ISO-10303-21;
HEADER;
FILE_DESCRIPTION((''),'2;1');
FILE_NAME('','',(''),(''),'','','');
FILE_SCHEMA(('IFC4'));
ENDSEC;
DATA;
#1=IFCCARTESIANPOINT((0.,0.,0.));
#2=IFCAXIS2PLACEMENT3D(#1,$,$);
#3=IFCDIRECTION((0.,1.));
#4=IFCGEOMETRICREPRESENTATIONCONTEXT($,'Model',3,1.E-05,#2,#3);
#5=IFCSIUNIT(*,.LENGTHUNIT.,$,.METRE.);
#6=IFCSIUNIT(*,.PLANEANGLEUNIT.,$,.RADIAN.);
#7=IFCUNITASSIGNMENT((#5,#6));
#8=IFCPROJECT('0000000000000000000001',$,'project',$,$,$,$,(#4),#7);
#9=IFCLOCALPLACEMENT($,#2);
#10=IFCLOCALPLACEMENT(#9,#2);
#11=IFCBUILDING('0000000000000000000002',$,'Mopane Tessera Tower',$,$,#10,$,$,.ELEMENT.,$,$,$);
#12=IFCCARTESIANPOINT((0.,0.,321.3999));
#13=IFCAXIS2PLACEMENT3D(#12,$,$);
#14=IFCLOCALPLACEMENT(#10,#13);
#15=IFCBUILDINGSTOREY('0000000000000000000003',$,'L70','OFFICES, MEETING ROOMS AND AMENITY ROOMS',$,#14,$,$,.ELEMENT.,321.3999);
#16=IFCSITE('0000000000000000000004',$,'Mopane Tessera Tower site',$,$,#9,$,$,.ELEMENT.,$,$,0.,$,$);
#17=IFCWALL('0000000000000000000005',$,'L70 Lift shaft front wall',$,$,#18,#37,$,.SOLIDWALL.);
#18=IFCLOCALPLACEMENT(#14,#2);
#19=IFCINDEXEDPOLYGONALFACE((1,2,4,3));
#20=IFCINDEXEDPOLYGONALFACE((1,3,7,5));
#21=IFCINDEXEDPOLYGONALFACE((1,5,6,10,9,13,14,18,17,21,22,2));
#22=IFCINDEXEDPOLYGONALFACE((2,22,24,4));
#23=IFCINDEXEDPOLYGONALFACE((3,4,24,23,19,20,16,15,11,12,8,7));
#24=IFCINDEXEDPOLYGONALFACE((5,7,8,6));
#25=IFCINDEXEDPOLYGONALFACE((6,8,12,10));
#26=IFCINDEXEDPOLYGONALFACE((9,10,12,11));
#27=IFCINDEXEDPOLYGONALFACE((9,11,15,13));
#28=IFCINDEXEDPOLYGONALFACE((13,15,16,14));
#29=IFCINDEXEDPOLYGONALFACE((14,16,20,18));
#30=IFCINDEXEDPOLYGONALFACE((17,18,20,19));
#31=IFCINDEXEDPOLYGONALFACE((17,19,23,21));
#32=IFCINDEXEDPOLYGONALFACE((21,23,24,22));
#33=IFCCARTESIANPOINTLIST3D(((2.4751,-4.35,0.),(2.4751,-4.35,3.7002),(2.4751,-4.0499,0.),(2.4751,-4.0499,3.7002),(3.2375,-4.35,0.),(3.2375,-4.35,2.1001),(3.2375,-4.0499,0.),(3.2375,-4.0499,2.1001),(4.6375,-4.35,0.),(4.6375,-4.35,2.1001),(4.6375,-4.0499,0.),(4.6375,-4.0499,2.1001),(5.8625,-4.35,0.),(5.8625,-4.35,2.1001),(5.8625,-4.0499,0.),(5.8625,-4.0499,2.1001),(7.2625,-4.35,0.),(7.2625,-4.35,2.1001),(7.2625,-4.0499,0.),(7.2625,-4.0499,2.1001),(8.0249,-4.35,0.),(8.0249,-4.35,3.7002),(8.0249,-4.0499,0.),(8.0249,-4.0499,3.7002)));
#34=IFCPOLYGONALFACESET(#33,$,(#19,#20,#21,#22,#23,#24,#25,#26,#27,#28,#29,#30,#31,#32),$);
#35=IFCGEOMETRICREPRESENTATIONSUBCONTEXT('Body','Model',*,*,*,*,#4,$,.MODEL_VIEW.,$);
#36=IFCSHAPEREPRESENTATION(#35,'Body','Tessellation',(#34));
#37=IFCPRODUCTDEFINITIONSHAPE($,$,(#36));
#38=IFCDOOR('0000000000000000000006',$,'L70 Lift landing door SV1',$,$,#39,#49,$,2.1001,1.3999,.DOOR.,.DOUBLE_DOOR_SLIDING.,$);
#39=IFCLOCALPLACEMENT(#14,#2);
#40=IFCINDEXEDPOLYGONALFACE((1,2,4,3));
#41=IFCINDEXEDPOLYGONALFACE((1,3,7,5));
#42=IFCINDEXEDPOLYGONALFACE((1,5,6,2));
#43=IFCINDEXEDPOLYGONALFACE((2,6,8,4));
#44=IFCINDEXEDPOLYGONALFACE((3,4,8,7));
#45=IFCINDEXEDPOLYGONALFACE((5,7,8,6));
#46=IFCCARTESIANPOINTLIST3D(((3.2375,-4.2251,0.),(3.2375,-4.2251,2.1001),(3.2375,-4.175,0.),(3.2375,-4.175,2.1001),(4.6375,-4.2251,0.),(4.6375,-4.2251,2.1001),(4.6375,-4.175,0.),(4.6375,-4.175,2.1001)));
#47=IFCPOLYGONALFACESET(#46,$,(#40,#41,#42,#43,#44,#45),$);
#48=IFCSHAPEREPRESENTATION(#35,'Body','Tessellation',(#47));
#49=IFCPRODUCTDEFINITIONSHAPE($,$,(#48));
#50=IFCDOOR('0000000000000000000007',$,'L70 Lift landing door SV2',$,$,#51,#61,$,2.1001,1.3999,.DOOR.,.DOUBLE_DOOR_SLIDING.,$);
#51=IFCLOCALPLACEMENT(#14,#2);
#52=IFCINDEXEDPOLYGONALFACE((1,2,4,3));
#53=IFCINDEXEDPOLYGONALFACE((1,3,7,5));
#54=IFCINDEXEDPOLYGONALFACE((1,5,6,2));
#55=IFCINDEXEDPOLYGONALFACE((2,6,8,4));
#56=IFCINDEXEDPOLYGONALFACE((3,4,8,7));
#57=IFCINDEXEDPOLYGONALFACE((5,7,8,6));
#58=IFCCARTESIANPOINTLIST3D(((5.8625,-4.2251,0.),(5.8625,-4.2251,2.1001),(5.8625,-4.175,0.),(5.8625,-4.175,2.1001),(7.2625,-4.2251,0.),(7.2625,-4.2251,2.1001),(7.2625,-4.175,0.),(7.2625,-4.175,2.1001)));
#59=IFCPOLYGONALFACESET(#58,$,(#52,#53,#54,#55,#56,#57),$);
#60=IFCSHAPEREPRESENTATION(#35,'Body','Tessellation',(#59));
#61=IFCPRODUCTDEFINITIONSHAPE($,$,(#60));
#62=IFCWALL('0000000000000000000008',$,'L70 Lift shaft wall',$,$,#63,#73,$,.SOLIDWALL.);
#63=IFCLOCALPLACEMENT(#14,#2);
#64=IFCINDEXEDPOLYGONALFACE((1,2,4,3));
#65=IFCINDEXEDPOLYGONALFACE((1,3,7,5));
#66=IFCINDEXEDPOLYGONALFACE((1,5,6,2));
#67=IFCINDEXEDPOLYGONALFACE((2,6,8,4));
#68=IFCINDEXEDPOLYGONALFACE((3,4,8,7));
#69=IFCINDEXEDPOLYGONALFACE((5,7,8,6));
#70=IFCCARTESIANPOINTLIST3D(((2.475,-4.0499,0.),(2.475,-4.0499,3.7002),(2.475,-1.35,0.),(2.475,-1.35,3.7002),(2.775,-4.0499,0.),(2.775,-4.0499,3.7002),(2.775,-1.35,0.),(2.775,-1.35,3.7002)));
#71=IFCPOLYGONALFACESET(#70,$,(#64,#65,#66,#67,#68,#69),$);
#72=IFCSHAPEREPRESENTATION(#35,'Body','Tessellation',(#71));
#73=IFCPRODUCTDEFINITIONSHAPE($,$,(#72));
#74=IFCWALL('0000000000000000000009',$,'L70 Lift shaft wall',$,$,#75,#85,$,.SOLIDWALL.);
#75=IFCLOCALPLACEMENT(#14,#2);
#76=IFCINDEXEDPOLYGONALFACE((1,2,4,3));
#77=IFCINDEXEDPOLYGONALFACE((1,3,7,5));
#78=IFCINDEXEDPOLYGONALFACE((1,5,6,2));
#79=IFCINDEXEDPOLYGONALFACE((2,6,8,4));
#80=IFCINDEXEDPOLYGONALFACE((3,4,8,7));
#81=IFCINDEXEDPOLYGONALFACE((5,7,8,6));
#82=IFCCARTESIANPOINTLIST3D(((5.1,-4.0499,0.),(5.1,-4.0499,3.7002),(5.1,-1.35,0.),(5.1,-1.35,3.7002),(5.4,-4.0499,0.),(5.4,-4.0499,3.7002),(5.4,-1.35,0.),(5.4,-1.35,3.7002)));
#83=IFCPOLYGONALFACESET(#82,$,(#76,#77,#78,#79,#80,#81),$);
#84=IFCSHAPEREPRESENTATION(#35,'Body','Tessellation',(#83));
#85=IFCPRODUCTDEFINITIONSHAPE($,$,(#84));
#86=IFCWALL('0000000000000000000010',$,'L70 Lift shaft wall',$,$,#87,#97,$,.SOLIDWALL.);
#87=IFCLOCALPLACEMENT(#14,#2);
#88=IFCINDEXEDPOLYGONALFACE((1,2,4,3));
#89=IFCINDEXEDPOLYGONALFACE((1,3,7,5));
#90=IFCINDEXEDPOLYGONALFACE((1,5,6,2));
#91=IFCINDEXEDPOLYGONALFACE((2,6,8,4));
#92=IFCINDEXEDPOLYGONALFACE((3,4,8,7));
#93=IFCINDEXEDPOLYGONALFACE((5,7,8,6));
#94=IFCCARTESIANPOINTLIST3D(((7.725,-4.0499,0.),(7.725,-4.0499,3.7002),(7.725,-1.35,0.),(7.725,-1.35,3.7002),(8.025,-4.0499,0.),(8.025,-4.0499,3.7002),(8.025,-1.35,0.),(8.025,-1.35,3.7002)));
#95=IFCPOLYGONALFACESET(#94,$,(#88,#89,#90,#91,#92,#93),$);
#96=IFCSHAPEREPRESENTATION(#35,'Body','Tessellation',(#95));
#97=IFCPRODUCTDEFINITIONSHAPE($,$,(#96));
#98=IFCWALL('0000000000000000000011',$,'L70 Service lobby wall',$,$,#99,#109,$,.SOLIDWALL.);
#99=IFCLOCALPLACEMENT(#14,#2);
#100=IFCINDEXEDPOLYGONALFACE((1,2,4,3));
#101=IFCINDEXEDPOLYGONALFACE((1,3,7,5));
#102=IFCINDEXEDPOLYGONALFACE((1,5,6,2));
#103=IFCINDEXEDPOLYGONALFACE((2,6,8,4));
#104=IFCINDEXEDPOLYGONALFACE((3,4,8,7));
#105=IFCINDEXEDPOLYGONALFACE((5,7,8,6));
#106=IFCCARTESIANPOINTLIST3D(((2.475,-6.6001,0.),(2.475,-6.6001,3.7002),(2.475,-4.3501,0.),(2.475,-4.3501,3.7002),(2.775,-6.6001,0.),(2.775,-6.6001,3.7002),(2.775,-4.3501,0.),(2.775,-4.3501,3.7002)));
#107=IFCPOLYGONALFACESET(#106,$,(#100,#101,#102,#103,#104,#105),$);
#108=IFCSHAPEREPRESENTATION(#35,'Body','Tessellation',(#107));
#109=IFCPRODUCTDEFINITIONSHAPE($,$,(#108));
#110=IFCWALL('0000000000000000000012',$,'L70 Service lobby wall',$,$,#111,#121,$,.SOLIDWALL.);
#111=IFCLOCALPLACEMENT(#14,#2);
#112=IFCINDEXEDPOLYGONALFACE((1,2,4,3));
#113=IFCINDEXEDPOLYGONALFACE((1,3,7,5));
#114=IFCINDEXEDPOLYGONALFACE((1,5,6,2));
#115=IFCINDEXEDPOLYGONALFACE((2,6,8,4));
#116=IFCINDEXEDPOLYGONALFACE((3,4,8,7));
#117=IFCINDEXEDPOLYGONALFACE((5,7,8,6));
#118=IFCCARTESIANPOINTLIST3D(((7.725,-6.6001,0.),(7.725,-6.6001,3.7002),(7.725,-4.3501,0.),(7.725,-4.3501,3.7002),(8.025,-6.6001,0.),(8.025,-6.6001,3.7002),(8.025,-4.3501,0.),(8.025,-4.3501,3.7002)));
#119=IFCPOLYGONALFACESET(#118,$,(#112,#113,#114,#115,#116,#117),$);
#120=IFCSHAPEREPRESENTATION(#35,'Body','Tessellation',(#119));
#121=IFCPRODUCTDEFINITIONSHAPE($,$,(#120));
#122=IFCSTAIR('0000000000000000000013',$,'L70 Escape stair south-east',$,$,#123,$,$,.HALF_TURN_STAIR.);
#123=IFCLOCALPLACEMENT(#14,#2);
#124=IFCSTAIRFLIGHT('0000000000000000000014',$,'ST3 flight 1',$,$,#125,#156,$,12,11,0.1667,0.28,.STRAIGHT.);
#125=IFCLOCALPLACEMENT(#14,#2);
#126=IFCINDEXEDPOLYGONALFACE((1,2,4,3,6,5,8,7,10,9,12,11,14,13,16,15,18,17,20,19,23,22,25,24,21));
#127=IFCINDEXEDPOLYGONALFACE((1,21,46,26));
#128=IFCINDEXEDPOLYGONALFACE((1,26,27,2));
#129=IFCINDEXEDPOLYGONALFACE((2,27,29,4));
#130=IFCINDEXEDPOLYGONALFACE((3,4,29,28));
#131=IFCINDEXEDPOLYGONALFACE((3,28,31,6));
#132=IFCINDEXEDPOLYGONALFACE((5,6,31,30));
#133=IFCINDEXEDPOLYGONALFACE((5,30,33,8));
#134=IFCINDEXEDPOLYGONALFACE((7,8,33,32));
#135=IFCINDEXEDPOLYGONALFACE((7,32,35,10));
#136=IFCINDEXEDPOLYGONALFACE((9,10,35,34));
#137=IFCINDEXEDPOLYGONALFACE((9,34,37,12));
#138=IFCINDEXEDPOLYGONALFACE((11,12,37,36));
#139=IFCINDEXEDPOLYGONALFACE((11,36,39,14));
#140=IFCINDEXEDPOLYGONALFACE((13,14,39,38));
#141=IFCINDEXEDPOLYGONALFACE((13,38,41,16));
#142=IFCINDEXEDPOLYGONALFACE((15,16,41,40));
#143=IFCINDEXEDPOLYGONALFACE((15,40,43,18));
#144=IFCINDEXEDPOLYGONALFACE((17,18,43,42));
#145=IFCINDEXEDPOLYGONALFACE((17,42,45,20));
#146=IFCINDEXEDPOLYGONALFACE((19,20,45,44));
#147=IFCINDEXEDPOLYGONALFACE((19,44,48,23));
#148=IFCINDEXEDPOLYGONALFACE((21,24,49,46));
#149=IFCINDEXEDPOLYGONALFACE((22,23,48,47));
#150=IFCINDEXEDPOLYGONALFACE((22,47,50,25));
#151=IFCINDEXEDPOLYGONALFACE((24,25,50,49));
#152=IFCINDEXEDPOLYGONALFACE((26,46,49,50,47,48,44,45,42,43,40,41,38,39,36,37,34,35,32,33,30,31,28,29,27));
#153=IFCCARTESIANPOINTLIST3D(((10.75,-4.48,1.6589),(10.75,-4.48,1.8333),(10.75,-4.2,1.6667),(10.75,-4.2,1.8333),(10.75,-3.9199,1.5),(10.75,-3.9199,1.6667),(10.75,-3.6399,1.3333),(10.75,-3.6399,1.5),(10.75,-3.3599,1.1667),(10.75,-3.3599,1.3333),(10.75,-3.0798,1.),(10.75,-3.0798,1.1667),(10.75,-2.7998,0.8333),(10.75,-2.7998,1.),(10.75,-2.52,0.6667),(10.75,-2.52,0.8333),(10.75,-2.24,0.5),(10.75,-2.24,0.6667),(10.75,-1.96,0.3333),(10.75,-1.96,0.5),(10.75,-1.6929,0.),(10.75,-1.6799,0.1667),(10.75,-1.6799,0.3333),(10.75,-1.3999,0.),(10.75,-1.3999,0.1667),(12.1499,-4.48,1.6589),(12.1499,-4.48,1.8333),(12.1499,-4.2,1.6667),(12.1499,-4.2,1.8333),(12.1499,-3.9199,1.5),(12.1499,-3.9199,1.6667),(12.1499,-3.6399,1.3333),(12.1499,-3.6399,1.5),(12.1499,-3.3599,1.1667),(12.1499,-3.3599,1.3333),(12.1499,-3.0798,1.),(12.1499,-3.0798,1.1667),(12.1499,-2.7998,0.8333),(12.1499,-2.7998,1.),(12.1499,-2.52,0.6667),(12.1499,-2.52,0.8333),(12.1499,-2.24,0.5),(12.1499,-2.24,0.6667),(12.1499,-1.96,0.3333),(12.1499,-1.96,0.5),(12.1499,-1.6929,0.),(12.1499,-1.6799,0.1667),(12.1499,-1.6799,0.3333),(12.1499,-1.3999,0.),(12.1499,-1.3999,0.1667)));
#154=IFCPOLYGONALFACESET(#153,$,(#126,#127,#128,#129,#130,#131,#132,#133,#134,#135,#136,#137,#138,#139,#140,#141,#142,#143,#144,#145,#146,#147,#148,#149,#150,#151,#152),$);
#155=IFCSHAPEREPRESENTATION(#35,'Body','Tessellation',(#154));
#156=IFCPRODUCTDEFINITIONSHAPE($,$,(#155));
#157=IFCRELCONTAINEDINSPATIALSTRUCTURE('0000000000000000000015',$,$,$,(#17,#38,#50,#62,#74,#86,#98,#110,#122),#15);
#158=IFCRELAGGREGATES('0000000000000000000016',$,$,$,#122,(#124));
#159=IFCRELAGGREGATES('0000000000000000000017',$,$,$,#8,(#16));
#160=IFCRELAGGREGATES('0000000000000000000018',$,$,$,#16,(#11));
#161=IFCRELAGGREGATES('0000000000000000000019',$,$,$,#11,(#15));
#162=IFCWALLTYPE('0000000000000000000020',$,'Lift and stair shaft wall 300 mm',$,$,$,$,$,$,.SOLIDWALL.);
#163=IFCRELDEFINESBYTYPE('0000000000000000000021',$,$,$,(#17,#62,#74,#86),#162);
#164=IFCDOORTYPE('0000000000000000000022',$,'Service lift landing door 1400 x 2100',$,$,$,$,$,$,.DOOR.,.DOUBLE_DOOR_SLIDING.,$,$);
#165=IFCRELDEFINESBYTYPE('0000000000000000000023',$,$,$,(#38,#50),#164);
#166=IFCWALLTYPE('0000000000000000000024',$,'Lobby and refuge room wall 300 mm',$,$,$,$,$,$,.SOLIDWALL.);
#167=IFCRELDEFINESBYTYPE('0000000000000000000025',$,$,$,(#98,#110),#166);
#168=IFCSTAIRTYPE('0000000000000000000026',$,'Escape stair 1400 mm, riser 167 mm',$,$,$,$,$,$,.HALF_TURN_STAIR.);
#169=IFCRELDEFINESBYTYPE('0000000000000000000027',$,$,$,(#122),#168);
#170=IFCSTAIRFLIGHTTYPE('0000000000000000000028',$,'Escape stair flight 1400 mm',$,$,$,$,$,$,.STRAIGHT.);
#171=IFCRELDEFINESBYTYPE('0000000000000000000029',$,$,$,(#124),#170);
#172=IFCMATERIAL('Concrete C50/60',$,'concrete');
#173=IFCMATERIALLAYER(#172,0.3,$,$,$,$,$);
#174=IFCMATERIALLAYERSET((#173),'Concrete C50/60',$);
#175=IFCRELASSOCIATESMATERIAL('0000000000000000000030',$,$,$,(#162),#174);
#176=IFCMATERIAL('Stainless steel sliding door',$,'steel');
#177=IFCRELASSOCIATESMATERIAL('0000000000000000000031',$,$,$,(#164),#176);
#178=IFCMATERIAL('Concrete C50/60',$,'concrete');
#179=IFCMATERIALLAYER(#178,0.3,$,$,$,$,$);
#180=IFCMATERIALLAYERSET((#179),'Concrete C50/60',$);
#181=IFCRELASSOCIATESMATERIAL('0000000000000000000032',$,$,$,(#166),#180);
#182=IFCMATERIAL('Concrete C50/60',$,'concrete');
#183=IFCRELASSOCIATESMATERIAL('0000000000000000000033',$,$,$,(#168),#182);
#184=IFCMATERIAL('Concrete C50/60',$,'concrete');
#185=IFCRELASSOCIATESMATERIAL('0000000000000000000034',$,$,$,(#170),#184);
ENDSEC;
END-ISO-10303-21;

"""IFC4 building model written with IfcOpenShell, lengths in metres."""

from ifc_helpers import new_model, si_unit, direction, frame, frame_2d, origin, place, context, subcontext, project, spatial, polyline, rectangle, outline, extrude, material, layer, layer_set, type_object, element, fill, aggregate, save


model = new_model("IFC4")

# Units and contexts
model_context = context("Model", 3, precision=1e-05, world=origin(), true_north=direction((0.0, 1.0)))
body_context = subcontext(model_context, "Body", "Model", "MODEL_VIEW")
ifc_project = project(units=[si_unit("LENGTHUNIT", "METRE"), si_unit("PLANEANGLEUNIT", "RADIAN")], contexts=[model_context])

# Site, building, storey
site_placement = place(None, origin())
site = spatial("IfcSite", under=ifc_project, at=site_placement, Name="Mopane Tessera Tower site", CompositionType="ELEMENT", RefElevation=0.0)
building_placement = place(site_placement, origin())
building = spatial("IfcBuilding", under=site, at=building_placement, Name="Mopane Tessera Tower", CompositionType="ELEMENT")
storey_placement = place(building_placement, frame((0.0, 0.0, 321.3999)))
storey = spatial("IfcBuildingStorey", under=building, at=storey_placement, Name="L70", Description="OFFICES, MEETING ROOMS AND AMENITY ROOMS", CompositionType="ELEMENT", Elevation=321.3999)

# Wall, openings, doors
ifc_material_1 = material(Name="Concrete C50/60", Category="concrete")
ifc_layer_1 = layer(ifc_material_1, 0.3)
ifc_layer_set_1 = layer_set([ifc_layer_1], Name="Concrete C50/60")
wall_type_1 = type_object("IfcWallType", Name="Lift and stair shaft wall 300 mm", PredefinedType="SOLIDWALL", material=ifc_layer_set_1)
wall_1_placement = place(storey_placement, frame((2.4751, -4.2, 0.0), z_axis=(0.0, 0.0, 1.0), x_axis=(1.0, 0.0, 0.0)))
wall_1 = element("IfcWall", 1, at=wall_1_placement, inside=storey, type_object=wall_type_1, Name="L70 Lift shaft front wall", PredefinedType="SOLIDWALL", context=body_context, shape_type="SweptSolid", body=[
    extrude(rectangle(XDim=5.5498, YDim=0.3, at=frame_2d((2.7749, 0.0))), origin(), (0.0, 0.0, 1.0), 3.7002),
])
opening_1_placement = place(wall_1_placement, frame((0.7625, 0.0, 0.0)))
opening_1 = element("IfcOpeningElement", 2, at=opening_1_placement, cuts=wall_1, PredefinedType="OPENING", context=body_context, shape_type="SweptSolid", body=[
    extrude(rectangle(XDim=1.3999, YDim=2.1001, at=frame_2d((0.7, 1.05))), frame((0.0, 0.1621, 0.0), z_axis=(0.0, -1.0, 0.0), x_axis=(1.0, 0.0, 0.0)), (0.0, 0.0, 1.0), 0.324),
])
opening_2_placement = place(wall_1_placement, frame((3.3875, 0.0, 0.0)))
opening_2 = element("IfcOpeningElement", 3, at=opening_2_placement, cuts=wall_1, PredefinedType="OPENING", context=body_context, shape_type="SweptSolid", body=[
    extrude(rectangle(XDim=1.3999, YDim=2.1001, at=frame_2d((0.7, 1.05))), frame((0.0, 0.1621, 0.0), z_axis=(0.0, -1.0, 0.0), x_axis=(1.0, 0.0, 0.0)), (0.0, 0.0, 1.0), 0.324),
])
ifc_material_2 = material(Name="Stainless steel sliding door", Category="steel")
door_type = type_object("IfcDoorType", Name="Service lift landing door 1400 x 2100", OperationType="DOUBLE_DOOR_SLIDING", PredefinedType="DOOR", material=ifc_material_2)
door_1_placement = place(opening_1_placement, origin())
door_1 = element("IfcDoor", 4, at=door_1_placement, inside=storey, type_object=door_type, Name="L70 Lift landing door SV1", OperationType="DOUBLE_DOOR_SLIDING", OverallHeight=2.1001, OverallWidth=1.3999, PredefinedType="DOOR", context=body_context, shape_type="SweptSolid", body=[
    extrude(rectangle(XDim=1.3999, YDim=2.1001, at=frame_2d((0.7, 1.05))), frame((0.0, 0.0249, 0.0), z_axis=(0.0, -1.0, 0.0), x_axis=(1.0, 0.0, 0.0)), (0.0, 0.0, 1.0), 0.05),
])
fill(opening_1, door_1)
door_2_placement = place(opening_2_placement, origin())
door_2 = element("IfcDoor", 5, at=door_2_placement, inside=storey, type_object=door_type, Name="L70 Lift landing door SV2", OperationType="DOUBLE_DOOR_SLIDING", OverallHeight=2.1001, OverallWidth=1.3999, PredefinedType="DOOR", context=body_context, shape_type="SweptSolid", body=[
    extrude(rectangle(XDim=1.3999, YDim=2.1001, at=frame_2d((0.7, 1.05))), frame((0.0, 0.0249, 0.0), z_axis=(0.0, -1.0, 0.0), x_axis=(1.0, 0.0, 0.0)), (0.0, 0.0, 1.0), 0.05),
])
fill(opening_2, door_2)

# Walls
for number, where, z_axis, x_axis, name in (
    (6, (2.625, -4.05, 0.0), (0.0, 0.0, 1.0), (0.0, 1.0, 0.0), "L70 Lift shaft wall"),
    (7, (5.25, -4.05, 0.0), (0.0, 0.0, 1.0), (0.0, 1.0, 0.0), "L70 Lift shaft wall"),
    (8, (7.875, -4.05, 0.0), (0.0, 0.0, 1.0), (0.0, 1.0, 0.0), "L70 Lift shaft wall"),
):
    element("IfcWall", number, at=place(storey_placement, frame(where, z_axis=z_axis, x_axis=x_axis)), inside=storey, type_object=wall_type_1, Name=name, PredefinedType="SOLIDWALL", context=body_context, shape_type="SweptSolid", body=[
        extrude(rectangle(XDim=2.7, YDim=0.3, at=frame_2d((1.3501, 0.0))), origin(), (0.0, 0.0, 1.0), 3.7002),
    ])
ifc_material_3 = material(Name="Concrete C50/60", Category="concrete")
ifc_layer_2 = layer(ifc_material_3, 0.3)
ifc_layer_set_2 = layer_set([ifc_layer_2], Name="Concrete C50/60")
wall_type_2 = type_object("IfcWallType", Name="Lobby and refuge room wall 300 mm", PredefinedType="SOLIDWALL", material=ifc_layer_set_2)
for number, where, z_axis, x_axis, name in (
    (9, (2.625, -6.6001, 0.0), (0.0, 0.0, 1.0), (0.0, 1.0, 0.0), "L70 Service lobby wall"),
    (10, (7.875, -6.6001, 0.0), (0.0, 0.0, 1.0), (0.0, 1.0, 0.0), "L70 Service lobby wall"),
):
    element("IfcWall", number, at=place(storey_placement, frame(where, z_axis=z_axis, x_axis=x_axis)), inside=storey, type_object=wall_type_2, Name=name, PredefinedType="SOLIDWALL", context=body_context, shape_type="SweptSolid", body=[
        extrude(rectangle(XDim=2.25, YDim=0.3, at=frame_2d((1.125, 0.0))), origin(), (0.0, 0.0, 1.0), 3.7002),
    ])

# Stair, stair flight
ifc_material_4 = material(Name="Concrete C50/60", Category="concrete")
stair_type = type_object("IfcStairType", Name="Escape stair 1400 mm, riser 167 mm", PredefinedType="HALF_TURN_STAIR", material=ifc_material_4)
stair_placement = place(storey_placement, origin())
stair = element("IfcStair", 11, at=stair_placement, inside=storey, type_object=stair_type, Name="L70 Escape stair south-east", PredefinedType="HALF_TURN_STAIR")
ifc_material_5 = material(Name="Concrete C50/60", Category="concrete")
stair_flight_type = type_object("IfcStairFlightType", Name="Escape stair flight 1400 mm", PredefinedType="STRAIGHT", material=ifc_material_5)
stair_flight_1_placement = place(storey_placement, frame((11.45, -1.3999, 0.0), z_axis=(0.0, 0.0, 1.0), x_axis=(0.0, -1.0, 0.0)))
stair_flight_1 = element("IfcStairFlight", 12, at=stair_flight_1_placement, type_object=stair_flight_type, Name="ST3 flight 1", NumberOfRisers=12, NumberOfTreads=11, PredefinedType="STRAIGHT", RiserHeight=0.1667, TreadLength=0.28, context=body_context, shape_type="SweptSolid", body=[
    extrude(outline(polyline([(0.0, 0.0), (0.0, 0.1667), (0.28, 0.1667), (0.28, 0.3333), (0.5601, 0.3333), (0.5601, 0.5), (0.8401, 0.5), (0.8401, 0.6667), (1.1201, 0.6667), (1.1201, 0.8333), (1.3999, 0.8333), (1.3999, 1.0), (1.6799, 1.0), (1.6799, 1.1667), (1.96, 1.1667), (1.96, 1.3333), (2.24, 1.3333), (2.24, 1.5), (2.52, 1.5), (2.52, 1.6667), (2.8, 1.6667), (2.8, 1.8333), (3.0801, 1.8333), (3.0801, 2.0), (3.0801, 1.6589), (0.293, 0.0), (0.0, 0.0)])), frame((0.0, 0.7, 0.0), z_axis=(0.0, -1.0, 0.0), x_axis=(1.0, 0.0, 0.0)), (0.0, 0.0, 1.0), 1.3999),
])
aggregate(stair, [stair_flight_1])

save(model, "model.ifc")
